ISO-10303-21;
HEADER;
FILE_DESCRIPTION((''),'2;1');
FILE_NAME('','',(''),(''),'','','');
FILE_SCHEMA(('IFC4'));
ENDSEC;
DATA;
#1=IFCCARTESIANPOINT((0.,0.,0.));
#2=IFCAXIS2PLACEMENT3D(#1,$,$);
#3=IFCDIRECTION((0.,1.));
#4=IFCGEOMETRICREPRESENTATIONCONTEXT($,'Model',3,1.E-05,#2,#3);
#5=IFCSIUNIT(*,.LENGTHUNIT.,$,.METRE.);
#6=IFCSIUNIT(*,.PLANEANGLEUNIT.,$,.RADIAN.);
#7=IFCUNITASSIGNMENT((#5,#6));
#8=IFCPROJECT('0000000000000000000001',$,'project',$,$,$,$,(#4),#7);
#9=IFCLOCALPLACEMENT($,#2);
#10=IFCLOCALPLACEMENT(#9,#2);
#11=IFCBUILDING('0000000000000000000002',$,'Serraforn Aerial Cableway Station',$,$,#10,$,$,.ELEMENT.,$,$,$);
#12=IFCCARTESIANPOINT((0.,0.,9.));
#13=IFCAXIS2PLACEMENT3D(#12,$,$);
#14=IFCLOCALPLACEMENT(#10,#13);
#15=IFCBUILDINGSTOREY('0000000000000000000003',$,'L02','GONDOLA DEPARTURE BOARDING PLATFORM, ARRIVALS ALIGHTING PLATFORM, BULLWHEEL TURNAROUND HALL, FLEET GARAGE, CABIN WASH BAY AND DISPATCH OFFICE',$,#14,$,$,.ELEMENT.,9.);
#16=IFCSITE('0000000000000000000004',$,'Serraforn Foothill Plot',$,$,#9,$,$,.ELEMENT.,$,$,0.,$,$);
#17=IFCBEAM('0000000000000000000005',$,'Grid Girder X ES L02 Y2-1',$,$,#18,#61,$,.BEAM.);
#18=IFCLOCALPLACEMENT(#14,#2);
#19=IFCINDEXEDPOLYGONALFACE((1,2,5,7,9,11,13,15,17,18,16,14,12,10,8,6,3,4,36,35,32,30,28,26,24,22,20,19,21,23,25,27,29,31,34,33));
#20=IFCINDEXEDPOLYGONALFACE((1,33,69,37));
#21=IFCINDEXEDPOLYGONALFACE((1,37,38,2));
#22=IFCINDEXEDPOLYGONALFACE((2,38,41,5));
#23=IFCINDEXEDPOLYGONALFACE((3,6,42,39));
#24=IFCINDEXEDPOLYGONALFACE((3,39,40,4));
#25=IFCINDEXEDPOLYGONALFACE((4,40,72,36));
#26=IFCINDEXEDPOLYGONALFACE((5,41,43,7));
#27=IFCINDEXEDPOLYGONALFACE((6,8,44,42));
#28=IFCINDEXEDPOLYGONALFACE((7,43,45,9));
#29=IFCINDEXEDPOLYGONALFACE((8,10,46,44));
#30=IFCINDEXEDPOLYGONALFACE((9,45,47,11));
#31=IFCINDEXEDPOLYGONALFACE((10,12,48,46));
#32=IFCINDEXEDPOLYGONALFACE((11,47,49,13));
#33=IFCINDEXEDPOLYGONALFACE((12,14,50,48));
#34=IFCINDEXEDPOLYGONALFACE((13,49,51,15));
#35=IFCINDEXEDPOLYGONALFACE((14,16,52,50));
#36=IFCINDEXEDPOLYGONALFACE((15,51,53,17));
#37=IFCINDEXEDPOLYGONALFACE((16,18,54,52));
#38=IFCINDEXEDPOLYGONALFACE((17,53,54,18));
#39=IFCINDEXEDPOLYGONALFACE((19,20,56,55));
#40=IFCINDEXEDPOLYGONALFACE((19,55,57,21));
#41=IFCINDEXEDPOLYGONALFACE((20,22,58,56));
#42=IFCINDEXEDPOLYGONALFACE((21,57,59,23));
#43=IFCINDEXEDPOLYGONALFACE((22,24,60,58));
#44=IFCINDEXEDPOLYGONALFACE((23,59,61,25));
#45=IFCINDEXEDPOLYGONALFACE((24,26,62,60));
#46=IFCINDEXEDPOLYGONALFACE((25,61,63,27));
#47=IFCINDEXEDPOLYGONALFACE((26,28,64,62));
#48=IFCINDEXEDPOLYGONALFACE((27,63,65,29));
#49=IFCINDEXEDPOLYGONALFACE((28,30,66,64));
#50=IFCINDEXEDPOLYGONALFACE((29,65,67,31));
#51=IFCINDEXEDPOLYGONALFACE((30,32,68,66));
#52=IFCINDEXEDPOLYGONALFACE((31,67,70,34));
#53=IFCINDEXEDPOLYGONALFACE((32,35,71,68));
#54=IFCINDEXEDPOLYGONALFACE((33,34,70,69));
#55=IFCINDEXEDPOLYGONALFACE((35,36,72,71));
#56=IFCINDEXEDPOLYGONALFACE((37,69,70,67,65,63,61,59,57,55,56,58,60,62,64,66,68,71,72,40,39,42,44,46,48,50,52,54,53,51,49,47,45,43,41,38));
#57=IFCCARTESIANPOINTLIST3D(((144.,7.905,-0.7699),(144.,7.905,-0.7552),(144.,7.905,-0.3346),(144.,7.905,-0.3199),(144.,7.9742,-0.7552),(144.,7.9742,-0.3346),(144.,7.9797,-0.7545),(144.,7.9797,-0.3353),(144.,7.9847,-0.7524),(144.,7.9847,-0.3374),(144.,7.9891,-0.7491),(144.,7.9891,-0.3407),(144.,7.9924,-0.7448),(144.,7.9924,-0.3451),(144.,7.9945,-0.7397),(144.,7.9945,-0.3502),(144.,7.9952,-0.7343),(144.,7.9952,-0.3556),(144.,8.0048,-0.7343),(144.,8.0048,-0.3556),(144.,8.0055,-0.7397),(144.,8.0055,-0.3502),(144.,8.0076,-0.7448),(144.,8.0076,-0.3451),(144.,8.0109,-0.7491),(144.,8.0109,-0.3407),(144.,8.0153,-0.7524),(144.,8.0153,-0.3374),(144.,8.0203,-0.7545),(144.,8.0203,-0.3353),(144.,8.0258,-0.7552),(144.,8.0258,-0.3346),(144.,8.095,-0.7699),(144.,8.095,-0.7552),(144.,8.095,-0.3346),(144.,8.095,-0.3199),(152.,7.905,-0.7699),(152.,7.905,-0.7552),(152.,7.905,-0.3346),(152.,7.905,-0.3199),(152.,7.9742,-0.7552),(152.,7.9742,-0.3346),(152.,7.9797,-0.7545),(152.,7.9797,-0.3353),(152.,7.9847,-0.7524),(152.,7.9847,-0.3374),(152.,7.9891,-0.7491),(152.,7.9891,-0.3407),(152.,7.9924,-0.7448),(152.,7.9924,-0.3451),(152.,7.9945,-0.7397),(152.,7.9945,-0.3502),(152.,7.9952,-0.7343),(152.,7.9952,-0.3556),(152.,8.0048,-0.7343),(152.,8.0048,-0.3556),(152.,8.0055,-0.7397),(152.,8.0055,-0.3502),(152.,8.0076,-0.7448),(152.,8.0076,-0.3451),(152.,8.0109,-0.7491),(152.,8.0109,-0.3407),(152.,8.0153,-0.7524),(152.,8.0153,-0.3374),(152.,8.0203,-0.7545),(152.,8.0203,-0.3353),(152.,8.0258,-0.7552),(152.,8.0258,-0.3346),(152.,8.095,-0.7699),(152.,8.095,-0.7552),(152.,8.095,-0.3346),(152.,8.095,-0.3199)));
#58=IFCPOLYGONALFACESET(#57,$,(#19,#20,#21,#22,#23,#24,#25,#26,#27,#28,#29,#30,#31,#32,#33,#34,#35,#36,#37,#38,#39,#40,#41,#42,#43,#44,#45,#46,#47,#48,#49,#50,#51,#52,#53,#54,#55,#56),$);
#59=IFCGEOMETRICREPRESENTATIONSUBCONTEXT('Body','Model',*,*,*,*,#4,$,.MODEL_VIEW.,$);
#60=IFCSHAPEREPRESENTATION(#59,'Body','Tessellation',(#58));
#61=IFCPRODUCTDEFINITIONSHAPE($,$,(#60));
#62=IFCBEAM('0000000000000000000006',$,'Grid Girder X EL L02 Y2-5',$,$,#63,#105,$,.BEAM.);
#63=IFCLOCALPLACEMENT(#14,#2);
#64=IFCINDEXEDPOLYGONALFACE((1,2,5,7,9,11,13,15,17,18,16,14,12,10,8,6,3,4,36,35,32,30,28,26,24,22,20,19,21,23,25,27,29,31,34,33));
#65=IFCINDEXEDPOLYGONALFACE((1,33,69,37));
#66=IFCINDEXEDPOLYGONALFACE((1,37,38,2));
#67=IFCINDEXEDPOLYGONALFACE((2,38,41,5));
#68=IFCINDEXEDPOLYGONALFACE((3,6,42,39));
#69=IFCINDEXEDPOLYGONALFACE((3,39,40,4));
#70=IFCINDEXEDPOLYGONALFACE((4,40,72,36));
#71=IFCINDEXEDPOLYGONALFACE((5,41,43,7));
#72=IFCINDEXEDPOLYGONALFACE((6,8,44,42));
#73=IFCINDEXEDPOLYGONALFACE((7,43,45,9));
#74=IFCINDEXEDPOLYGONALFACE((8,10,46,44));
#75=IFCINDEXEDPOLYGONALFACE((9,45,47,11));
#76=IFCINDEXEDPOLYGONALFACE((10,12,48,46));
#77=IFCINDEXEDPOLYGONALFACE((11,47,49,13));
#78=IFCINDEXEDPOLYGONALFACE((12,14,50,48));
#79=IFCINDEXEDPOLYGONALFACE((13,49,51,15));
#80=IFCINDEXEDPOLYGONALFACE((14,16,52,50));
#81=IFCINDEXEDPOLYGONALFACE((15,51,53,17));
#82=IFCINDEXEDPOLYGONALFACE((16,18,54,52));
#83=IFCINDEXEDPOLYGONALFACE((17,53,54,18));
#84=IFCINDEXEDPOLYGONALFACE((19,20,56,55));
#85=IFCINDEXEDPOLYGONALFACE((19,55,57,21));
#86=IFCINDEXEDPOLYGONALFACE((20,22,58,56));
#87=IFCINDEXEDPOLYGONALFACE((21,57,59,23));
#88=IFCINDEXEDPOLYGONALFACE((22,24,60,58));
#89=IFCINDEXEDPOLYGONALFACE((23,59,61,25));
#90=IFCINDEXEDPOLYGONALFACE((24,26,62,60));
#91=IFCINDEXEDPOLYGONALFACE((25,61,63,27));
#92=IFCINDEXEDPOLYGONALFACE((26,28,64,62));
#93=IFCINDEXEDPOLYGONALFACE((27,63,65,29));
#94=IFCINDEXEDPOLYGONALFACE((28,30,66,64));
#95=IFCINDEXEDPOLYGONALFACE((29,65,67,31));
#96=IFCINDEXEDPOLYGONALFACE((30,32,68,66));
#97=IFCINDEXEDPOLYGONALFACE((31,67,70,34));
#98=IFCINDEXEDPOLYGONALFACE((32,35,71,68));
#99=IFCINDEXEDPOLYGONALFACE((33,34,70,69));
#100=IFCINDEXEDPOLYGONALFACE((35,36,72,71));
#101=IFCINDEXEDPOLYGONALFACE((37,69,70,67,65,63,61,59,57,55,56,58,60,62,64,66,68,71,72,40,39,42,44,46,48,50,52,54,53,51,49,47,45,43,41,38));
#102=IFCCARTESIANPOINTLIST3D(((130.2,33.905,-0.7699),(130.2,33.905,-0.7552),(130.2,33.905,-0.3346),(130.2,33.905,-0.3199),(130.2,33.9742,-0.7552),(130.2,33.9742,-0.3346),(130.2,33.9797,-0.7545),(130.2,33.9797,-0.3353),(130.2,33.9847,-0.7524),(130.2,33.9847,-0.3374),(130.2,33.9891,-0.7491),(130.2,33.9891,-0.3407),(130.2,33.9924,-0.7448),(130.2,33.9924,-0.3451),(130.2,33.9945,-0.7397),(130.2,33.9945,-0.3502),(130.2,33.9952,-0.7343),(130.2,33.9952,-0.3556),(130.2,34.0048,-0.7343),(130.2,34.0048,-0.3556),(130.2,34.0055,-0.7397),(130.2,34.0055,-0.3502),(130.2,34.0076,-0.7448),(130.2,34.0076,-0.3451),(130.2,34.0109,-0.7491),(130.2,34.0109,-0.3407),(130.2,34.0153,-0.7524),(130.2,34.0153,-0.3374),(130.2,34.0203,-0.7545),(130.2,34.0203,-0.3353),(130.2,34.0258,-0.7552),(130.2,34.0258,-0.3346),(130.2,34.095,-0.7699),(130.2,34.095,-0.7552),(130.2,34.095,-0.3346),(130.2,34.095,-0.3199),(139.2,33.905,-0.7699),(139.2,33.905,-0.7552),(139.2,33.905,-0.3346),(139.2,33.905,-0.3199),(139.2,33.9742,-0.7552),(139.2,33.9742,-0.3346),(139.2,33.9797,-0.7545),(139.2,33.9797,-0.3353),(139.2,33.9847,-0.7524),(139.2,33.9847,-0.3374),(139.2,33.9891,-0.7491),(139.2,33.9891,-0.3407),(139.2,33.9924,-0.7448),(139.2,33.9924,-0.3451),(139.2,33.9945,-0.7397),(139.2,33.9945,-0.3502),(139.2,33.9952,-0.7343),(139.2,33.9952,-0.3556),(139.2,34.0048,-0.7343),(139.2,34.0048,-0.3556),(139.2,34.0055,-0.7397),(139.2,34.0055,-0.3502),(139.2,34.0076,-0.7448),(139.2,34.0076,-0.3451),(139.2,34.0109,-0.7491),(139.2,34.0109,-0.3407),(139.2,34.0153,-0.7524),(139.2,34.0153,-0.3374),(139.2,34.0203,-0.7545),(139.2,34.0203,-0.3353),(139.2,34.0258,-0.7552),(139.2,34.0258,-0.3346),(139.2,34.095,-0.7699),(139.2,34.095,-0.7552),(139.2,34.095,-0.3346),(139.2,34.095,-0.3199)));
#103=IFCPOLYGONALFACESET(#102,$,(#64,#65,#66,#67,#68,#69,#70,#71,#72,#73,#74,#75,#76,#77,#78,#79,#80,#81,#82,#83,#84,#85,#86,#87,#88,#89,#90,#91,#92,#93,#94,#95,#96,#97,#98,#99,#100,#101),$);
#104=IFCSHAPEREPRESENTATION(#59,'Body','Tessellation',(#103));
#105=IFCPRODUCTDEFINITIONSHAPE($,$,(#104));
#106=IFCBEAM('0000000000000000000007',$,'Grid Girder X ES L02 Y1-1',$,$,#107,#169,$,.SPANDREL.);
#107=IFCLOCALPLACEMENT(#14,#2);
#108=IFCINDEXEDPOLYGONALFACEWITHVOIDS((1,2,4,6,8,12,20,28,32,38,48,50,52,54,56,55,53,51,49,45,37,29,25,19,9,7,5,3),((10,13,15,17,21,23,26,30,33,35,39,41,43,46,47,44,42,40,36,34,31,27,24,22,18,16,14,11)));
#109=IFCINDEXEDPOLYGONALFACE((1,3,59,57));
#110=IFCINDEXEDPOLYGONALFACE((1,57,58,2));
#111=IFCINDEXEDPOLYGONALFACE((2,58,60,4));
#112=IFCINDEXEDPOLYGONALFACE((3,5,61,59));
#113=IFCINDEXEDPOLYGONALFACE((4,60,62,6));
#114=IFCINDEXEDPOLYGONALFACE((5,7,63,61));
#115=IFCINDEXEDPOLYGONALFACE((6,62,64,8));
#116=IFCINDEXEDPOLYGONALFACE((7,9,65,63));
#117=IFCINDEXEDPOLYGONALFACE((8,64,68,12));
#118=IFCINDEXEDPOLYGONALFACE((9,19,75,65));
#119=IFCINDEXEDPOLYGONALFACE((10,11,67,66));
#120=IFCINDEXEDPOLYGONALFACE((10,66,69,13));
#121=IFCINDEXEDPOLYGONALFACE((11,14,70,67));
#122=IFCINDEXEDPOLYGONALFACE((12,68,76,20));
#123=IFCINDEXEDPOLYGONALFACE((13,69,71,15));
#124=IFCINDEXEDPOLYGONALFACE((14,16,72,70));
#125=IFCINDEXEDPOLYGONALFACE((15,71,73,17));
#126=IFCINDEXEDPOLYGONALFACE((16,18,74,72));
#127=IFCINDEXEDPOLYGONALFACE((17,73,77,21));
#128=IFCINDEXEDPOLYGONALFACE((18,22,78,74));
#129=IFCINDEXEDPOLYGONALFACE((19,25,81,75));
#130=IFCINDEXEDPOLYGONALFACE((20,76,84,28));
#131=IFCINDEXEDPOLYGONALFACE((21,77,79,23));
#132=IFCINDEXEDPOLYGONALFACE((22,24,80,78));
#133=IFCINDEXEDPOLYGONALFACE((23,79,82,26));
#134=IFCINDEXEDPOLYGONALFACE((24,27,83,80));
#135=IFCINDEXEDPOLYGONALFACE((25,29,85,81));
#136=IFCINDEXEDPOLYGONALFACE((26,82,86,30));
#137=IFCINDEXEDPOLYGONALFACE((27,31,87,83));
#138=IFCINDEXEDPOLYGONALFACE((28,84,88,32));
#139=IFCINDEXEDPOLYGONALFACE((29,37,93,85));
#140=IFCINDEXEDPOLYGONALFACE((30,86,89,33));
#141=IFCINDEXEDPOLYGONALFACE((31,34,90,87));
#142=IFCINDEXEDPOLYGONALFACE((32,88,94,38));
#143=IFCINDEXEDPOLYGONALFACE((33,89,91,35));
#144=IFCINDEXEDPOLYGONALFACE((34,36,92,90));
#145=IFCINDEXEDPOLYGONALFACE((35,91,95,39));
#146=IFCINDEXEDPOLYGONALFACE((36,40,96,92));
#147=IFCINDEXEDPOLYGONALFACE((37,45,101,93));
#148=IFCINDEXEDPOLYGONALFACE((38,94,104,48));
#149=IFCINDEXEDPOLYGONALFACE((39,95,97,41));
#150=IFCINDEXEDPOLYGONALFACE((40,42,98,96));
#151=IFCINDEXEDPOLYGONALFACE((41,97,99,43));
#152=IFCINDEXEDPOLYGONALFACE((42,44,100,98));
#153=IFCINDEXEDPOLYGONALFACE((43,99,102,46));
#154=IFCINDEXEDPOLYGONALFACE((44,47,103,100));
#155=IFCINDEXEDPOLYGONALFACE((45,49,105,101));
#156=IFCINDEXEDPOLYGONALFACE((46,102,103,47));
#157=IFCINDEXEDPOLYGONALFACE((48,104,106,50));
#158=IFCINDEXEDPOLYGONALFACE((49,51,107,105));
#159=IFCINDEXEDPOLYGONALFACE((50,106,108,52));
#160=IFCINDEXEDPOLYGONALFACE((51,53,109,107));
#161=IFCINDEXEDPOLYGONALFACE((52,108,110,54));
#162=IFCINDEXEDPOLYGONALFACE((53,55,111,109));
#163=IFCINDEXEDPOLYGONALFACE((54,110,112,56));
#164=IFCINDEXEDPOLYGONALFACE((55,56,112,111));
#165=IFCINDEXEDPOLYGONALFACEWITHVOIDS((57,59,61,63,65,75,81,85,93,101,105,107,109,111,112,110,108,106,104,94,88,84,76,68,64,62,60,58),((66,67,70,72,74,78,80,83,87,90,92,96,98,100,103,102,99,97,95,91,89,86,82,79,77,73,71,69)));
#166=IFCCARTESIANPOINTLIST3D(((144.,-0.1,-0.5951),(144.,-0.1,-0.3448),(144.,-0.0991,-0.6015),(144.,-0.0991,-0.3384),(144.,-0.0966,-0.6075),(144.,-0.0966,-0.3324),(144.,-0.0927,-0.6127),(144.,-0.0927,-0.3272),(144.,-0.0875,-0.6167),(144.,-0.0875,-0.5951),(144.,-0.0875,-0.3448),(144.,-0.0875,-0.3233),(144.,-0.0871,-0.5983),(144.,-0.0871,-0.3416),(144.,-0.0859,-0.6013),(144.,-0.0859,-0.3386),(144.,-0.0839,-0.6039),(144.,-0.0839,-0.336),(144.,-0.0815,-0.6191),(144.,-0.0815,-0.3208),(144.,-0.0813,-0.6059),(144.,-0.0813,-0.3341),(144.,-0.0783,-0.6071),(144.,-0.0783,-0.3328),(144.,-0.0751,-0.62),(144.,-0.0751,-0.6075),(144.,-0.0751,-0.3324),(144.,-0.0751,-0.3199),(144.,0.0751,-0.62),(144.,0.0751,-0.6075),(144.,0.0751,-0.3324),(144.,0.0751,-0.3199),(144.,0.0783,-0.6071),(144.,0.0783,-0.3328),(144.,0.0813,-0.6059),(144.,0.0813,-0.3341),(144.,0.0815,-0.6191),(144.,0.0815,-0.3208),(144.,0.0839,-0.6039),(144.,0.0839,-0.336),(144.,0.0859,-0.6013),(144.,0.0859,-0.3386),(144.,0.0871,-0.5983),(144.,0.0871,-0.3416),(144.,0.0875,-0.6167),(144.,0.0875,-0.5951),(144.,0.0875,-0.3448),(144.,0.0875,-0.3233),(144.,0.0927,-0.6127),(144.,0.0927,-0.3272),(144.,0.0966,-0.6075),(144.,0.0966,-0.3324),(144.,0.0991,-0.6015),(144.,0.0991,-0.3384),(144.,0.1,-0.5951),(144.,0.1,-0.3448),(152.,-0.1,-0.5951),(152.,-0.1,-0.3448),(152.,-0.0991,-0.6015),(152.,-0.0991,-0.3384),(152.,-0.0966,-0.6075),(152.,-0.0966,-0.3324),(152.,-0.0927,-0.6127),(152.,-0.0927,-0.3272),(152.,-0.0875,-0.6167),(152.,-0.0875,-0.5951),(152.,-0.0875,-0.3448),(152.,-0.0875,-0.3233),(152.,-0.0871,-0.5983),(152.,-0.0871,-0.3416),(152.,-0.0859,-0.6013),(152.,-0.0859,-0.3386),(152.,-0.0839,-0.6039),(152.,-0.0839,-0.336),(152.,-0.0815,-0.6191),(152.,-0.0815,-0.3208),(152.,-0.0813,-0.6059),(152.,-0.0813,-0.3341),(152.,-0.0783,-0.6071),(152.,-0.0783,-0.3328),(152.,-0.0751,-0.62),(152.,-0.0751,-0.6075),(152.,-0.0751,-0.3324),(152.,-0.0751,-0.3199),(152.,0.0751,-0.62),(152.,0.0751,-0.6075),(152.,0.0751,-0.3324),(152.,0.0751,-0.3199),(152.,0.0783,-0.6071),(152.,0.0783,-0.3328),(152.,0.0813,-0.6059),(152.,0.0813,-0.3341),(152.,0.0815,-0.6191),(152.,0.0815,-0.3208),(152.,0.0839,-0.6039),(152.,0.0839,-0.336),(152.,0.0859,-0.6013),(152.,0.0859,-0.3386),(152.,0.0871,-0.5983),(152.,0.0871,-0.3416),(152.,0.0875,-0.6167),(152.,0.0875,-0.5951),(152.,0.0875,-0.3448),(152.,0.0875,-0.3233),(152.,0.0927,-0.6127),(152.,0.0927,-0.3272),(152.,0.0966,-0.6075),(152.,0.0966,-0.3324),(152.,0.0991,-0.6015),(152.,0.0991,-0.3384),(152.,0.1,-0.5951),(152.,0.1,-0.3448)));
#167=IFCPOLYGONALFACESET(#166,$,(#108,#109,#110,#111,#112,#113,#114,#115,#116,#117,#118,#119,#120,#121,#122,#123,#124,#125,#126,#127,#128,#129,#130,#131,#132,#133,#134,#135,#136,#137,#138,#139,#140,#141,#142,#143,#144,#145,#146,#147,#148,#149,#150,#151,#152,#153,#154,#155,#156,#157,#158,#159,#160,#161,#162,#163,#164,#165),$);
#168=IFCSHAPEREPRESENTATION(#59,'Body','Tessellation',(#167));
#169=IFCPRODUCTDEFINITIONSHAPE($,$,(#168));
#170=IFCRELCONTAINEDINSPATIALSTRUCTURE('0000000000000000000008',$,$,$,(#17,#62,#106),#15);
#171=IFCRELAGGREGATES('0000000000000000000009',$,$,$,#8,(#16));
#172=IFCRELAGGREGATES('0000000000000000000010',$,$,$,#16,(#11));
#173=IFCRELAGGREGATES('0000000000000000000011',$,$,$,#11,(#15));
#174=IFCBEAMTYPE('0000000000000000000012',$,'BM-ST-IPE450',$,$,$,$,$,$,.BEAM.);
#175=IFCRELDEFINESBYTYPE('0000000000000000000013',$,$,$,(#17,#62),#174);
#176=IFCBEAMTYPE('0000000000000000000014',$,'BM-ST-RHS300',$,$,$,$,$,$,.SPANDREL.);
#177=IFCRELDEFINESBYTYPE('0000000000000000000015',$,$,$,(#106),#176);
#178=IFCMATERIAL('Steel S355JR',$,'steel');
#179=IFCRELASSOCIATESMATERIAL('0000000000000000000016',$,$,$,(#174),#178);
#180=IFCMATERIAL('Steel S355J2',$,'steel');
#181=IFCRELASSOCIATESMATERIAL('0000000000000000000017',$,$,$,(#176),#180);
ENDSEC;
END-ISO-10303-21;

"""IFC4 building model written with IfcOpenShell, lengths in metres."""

from ifc_helpers import new_model, si_unit, direction, frame, origin, origin_2d, place, context, subcontext, project, spatial, hollow_rectangle, i_section, extrude, material, material_profile, profile_set, type_object, element, save


model = new_model("IFC4")

# Units and contexts
model_context = context("Model", 3, precision=1e-05, world=origin(), true_north=direction((0.0, 1.0)))
body_context = subcontext(model_context, "Body", "Model", "MODEL_VIEW")
ifc_project = project(units=[si_unit("LENGTHUNIT", "METRE"), si_unit("PLANEANGLEUNIT", "RADIAN")], contexts=[model_context])

# Site, building, storey
site_placement = place(None, origin())
site = spatial("IfcSite", under=ifc_project, at=site_placement, Name="Serraforn Foothill Plot", CompositionType="ELEMENT", RefElevation=0.0)
building_placement = place(site_placement, origin())
building = spatial("IfcBuilding", under=site, at=building_placement, Name="Serraforn Aerial Cableway Station", CompositionType="ELEMENT")
storey_placement = place(building_placement, frame((0.0, 0.0, 9.0)))
storey = spatial("IfcBuildingStorey", under=building, at=storey_placement, Name="L02", Description="GONDOLA DEPARTURE BOARDING PLATFORM, ARRIVALS ALIGHTING PLATFORM, BULLWHEEL TURNAROUND HALL, FLEET GARAGE, CABIN WASH BAY AND DISPATCH OFFICE", CompositionType="ELEMENT", Elevation=9.0)

# Shared definitions
ifc_material_1 = material(Name="Steel S355J2", Category="steel")

# Beams
ifc_material_2 = material(Name="Steel S355JR", Category="steel")
ifc_material_profile_1 = material_profile(ifc_material_2, i_section(OverallWidth=0.1899, OverallDepth=0.45, WebThickness=0.0095, FlangeThickness=0.0146, FilletRadius=0.021, at=origin_2d()), Name="IPE 450")
ifc_profile_set_1 = profile_set([ifc_material_profile_1], Name="Steel S355JR")
beam_type_1 = type_object("IfcBeamType", Name="BM-ST-IPE450", PredefinedType="BEAM", material=ifc_profile_set_1)
beam_1_placement = place(storey_placement, frame((144.0, 8.0, -0.5449), z_axis=(1.0, 0.0, 0.0), x_axis=(0.0, 1.0, 0.0)))
element("IfcBeam", 1, at=beam_1_placement, inside=storey, type_object=beam_type_1, Name="Grid Girder X ES L02 Y2-1", PredefinedType="BEAM", context=body_context, shape_type="SweptSolid", body=[
    extrude(i_section(OverallWidth=0.1899, OverallDepth=0.45, WebThickness=0.0095, FlangeThickness=0.0146, FilletRadius=0.021, at=origin_2d()), origin(), (0.0, 0.0, 1.0), 8.0),
])
beam_2_placement = place(storey_placement, frame((130.2, 34.0, -0.5449), z_axis=(1.0, 0.0, 0.0), x_axis=(0.0, 1.0, 0.0)))
element("IfcBeam", 2, at=beam_2_placement, inside=storey, type_object=beam_type_1, Name="Grid Girder X EL L02 Y2-5", PredefinedType="BEAM", context=body_context, shape_type="SweptSolid", body=[
    extrude(i_section(OverallWidth=0.1899, OverallDepth=0.45, WebThickness=0.0095, FlangeThickness=0.0146, FilletRadius=0.021, at=origin_2d()), origin(), (0.0, 0.0, 1.0), 9.0),
])
ifc_material_profile_2 = material_profile(ifc_material_1, hollow_rectangle(XDim=0.2, YDim=0.3, WallThickness=0.0125, InnerFilletRadius=0.0125, OuterFilletRadius=0.0249, at=origin_2d()), Name="RHS 300x200x12.5")
ifc_profile_set_2 = profile_set([ifc_material_profile_2], Name="Steel S355J2")
beam_type_2 = type_object("IfcBeamType", Name="BM-ST-RHS300", PredefinedType="SPANDREL", material=ifc_profile_set_2)
beam_3_placement = place(storey_placement, frame((144.0, 0.0, -0.47), z_axis=(1.0, 0.0, 0.0), x_axis=(0.0, 1.0, 0.0)))
element("IfcBeam", 3, at=beam_3_placement, inside=storey, type_object=beam_type_2, Name="Grid Girder X ES L02 Y1-1", PredefinedType="SPANDREL", context=body_context, shape_type="SweptSolid", body=[
    extrude(hollow_rectangle(XDim=0.2, YDim=0.3, WallThickness=0.0125, InnerFilletRadius=0.0125, OuterFilletRadius=0.0249, at=origin_2d()), origin(), (0.0, 0.0, 1.0), 8.0),
])

save(model, "model.ifc")
